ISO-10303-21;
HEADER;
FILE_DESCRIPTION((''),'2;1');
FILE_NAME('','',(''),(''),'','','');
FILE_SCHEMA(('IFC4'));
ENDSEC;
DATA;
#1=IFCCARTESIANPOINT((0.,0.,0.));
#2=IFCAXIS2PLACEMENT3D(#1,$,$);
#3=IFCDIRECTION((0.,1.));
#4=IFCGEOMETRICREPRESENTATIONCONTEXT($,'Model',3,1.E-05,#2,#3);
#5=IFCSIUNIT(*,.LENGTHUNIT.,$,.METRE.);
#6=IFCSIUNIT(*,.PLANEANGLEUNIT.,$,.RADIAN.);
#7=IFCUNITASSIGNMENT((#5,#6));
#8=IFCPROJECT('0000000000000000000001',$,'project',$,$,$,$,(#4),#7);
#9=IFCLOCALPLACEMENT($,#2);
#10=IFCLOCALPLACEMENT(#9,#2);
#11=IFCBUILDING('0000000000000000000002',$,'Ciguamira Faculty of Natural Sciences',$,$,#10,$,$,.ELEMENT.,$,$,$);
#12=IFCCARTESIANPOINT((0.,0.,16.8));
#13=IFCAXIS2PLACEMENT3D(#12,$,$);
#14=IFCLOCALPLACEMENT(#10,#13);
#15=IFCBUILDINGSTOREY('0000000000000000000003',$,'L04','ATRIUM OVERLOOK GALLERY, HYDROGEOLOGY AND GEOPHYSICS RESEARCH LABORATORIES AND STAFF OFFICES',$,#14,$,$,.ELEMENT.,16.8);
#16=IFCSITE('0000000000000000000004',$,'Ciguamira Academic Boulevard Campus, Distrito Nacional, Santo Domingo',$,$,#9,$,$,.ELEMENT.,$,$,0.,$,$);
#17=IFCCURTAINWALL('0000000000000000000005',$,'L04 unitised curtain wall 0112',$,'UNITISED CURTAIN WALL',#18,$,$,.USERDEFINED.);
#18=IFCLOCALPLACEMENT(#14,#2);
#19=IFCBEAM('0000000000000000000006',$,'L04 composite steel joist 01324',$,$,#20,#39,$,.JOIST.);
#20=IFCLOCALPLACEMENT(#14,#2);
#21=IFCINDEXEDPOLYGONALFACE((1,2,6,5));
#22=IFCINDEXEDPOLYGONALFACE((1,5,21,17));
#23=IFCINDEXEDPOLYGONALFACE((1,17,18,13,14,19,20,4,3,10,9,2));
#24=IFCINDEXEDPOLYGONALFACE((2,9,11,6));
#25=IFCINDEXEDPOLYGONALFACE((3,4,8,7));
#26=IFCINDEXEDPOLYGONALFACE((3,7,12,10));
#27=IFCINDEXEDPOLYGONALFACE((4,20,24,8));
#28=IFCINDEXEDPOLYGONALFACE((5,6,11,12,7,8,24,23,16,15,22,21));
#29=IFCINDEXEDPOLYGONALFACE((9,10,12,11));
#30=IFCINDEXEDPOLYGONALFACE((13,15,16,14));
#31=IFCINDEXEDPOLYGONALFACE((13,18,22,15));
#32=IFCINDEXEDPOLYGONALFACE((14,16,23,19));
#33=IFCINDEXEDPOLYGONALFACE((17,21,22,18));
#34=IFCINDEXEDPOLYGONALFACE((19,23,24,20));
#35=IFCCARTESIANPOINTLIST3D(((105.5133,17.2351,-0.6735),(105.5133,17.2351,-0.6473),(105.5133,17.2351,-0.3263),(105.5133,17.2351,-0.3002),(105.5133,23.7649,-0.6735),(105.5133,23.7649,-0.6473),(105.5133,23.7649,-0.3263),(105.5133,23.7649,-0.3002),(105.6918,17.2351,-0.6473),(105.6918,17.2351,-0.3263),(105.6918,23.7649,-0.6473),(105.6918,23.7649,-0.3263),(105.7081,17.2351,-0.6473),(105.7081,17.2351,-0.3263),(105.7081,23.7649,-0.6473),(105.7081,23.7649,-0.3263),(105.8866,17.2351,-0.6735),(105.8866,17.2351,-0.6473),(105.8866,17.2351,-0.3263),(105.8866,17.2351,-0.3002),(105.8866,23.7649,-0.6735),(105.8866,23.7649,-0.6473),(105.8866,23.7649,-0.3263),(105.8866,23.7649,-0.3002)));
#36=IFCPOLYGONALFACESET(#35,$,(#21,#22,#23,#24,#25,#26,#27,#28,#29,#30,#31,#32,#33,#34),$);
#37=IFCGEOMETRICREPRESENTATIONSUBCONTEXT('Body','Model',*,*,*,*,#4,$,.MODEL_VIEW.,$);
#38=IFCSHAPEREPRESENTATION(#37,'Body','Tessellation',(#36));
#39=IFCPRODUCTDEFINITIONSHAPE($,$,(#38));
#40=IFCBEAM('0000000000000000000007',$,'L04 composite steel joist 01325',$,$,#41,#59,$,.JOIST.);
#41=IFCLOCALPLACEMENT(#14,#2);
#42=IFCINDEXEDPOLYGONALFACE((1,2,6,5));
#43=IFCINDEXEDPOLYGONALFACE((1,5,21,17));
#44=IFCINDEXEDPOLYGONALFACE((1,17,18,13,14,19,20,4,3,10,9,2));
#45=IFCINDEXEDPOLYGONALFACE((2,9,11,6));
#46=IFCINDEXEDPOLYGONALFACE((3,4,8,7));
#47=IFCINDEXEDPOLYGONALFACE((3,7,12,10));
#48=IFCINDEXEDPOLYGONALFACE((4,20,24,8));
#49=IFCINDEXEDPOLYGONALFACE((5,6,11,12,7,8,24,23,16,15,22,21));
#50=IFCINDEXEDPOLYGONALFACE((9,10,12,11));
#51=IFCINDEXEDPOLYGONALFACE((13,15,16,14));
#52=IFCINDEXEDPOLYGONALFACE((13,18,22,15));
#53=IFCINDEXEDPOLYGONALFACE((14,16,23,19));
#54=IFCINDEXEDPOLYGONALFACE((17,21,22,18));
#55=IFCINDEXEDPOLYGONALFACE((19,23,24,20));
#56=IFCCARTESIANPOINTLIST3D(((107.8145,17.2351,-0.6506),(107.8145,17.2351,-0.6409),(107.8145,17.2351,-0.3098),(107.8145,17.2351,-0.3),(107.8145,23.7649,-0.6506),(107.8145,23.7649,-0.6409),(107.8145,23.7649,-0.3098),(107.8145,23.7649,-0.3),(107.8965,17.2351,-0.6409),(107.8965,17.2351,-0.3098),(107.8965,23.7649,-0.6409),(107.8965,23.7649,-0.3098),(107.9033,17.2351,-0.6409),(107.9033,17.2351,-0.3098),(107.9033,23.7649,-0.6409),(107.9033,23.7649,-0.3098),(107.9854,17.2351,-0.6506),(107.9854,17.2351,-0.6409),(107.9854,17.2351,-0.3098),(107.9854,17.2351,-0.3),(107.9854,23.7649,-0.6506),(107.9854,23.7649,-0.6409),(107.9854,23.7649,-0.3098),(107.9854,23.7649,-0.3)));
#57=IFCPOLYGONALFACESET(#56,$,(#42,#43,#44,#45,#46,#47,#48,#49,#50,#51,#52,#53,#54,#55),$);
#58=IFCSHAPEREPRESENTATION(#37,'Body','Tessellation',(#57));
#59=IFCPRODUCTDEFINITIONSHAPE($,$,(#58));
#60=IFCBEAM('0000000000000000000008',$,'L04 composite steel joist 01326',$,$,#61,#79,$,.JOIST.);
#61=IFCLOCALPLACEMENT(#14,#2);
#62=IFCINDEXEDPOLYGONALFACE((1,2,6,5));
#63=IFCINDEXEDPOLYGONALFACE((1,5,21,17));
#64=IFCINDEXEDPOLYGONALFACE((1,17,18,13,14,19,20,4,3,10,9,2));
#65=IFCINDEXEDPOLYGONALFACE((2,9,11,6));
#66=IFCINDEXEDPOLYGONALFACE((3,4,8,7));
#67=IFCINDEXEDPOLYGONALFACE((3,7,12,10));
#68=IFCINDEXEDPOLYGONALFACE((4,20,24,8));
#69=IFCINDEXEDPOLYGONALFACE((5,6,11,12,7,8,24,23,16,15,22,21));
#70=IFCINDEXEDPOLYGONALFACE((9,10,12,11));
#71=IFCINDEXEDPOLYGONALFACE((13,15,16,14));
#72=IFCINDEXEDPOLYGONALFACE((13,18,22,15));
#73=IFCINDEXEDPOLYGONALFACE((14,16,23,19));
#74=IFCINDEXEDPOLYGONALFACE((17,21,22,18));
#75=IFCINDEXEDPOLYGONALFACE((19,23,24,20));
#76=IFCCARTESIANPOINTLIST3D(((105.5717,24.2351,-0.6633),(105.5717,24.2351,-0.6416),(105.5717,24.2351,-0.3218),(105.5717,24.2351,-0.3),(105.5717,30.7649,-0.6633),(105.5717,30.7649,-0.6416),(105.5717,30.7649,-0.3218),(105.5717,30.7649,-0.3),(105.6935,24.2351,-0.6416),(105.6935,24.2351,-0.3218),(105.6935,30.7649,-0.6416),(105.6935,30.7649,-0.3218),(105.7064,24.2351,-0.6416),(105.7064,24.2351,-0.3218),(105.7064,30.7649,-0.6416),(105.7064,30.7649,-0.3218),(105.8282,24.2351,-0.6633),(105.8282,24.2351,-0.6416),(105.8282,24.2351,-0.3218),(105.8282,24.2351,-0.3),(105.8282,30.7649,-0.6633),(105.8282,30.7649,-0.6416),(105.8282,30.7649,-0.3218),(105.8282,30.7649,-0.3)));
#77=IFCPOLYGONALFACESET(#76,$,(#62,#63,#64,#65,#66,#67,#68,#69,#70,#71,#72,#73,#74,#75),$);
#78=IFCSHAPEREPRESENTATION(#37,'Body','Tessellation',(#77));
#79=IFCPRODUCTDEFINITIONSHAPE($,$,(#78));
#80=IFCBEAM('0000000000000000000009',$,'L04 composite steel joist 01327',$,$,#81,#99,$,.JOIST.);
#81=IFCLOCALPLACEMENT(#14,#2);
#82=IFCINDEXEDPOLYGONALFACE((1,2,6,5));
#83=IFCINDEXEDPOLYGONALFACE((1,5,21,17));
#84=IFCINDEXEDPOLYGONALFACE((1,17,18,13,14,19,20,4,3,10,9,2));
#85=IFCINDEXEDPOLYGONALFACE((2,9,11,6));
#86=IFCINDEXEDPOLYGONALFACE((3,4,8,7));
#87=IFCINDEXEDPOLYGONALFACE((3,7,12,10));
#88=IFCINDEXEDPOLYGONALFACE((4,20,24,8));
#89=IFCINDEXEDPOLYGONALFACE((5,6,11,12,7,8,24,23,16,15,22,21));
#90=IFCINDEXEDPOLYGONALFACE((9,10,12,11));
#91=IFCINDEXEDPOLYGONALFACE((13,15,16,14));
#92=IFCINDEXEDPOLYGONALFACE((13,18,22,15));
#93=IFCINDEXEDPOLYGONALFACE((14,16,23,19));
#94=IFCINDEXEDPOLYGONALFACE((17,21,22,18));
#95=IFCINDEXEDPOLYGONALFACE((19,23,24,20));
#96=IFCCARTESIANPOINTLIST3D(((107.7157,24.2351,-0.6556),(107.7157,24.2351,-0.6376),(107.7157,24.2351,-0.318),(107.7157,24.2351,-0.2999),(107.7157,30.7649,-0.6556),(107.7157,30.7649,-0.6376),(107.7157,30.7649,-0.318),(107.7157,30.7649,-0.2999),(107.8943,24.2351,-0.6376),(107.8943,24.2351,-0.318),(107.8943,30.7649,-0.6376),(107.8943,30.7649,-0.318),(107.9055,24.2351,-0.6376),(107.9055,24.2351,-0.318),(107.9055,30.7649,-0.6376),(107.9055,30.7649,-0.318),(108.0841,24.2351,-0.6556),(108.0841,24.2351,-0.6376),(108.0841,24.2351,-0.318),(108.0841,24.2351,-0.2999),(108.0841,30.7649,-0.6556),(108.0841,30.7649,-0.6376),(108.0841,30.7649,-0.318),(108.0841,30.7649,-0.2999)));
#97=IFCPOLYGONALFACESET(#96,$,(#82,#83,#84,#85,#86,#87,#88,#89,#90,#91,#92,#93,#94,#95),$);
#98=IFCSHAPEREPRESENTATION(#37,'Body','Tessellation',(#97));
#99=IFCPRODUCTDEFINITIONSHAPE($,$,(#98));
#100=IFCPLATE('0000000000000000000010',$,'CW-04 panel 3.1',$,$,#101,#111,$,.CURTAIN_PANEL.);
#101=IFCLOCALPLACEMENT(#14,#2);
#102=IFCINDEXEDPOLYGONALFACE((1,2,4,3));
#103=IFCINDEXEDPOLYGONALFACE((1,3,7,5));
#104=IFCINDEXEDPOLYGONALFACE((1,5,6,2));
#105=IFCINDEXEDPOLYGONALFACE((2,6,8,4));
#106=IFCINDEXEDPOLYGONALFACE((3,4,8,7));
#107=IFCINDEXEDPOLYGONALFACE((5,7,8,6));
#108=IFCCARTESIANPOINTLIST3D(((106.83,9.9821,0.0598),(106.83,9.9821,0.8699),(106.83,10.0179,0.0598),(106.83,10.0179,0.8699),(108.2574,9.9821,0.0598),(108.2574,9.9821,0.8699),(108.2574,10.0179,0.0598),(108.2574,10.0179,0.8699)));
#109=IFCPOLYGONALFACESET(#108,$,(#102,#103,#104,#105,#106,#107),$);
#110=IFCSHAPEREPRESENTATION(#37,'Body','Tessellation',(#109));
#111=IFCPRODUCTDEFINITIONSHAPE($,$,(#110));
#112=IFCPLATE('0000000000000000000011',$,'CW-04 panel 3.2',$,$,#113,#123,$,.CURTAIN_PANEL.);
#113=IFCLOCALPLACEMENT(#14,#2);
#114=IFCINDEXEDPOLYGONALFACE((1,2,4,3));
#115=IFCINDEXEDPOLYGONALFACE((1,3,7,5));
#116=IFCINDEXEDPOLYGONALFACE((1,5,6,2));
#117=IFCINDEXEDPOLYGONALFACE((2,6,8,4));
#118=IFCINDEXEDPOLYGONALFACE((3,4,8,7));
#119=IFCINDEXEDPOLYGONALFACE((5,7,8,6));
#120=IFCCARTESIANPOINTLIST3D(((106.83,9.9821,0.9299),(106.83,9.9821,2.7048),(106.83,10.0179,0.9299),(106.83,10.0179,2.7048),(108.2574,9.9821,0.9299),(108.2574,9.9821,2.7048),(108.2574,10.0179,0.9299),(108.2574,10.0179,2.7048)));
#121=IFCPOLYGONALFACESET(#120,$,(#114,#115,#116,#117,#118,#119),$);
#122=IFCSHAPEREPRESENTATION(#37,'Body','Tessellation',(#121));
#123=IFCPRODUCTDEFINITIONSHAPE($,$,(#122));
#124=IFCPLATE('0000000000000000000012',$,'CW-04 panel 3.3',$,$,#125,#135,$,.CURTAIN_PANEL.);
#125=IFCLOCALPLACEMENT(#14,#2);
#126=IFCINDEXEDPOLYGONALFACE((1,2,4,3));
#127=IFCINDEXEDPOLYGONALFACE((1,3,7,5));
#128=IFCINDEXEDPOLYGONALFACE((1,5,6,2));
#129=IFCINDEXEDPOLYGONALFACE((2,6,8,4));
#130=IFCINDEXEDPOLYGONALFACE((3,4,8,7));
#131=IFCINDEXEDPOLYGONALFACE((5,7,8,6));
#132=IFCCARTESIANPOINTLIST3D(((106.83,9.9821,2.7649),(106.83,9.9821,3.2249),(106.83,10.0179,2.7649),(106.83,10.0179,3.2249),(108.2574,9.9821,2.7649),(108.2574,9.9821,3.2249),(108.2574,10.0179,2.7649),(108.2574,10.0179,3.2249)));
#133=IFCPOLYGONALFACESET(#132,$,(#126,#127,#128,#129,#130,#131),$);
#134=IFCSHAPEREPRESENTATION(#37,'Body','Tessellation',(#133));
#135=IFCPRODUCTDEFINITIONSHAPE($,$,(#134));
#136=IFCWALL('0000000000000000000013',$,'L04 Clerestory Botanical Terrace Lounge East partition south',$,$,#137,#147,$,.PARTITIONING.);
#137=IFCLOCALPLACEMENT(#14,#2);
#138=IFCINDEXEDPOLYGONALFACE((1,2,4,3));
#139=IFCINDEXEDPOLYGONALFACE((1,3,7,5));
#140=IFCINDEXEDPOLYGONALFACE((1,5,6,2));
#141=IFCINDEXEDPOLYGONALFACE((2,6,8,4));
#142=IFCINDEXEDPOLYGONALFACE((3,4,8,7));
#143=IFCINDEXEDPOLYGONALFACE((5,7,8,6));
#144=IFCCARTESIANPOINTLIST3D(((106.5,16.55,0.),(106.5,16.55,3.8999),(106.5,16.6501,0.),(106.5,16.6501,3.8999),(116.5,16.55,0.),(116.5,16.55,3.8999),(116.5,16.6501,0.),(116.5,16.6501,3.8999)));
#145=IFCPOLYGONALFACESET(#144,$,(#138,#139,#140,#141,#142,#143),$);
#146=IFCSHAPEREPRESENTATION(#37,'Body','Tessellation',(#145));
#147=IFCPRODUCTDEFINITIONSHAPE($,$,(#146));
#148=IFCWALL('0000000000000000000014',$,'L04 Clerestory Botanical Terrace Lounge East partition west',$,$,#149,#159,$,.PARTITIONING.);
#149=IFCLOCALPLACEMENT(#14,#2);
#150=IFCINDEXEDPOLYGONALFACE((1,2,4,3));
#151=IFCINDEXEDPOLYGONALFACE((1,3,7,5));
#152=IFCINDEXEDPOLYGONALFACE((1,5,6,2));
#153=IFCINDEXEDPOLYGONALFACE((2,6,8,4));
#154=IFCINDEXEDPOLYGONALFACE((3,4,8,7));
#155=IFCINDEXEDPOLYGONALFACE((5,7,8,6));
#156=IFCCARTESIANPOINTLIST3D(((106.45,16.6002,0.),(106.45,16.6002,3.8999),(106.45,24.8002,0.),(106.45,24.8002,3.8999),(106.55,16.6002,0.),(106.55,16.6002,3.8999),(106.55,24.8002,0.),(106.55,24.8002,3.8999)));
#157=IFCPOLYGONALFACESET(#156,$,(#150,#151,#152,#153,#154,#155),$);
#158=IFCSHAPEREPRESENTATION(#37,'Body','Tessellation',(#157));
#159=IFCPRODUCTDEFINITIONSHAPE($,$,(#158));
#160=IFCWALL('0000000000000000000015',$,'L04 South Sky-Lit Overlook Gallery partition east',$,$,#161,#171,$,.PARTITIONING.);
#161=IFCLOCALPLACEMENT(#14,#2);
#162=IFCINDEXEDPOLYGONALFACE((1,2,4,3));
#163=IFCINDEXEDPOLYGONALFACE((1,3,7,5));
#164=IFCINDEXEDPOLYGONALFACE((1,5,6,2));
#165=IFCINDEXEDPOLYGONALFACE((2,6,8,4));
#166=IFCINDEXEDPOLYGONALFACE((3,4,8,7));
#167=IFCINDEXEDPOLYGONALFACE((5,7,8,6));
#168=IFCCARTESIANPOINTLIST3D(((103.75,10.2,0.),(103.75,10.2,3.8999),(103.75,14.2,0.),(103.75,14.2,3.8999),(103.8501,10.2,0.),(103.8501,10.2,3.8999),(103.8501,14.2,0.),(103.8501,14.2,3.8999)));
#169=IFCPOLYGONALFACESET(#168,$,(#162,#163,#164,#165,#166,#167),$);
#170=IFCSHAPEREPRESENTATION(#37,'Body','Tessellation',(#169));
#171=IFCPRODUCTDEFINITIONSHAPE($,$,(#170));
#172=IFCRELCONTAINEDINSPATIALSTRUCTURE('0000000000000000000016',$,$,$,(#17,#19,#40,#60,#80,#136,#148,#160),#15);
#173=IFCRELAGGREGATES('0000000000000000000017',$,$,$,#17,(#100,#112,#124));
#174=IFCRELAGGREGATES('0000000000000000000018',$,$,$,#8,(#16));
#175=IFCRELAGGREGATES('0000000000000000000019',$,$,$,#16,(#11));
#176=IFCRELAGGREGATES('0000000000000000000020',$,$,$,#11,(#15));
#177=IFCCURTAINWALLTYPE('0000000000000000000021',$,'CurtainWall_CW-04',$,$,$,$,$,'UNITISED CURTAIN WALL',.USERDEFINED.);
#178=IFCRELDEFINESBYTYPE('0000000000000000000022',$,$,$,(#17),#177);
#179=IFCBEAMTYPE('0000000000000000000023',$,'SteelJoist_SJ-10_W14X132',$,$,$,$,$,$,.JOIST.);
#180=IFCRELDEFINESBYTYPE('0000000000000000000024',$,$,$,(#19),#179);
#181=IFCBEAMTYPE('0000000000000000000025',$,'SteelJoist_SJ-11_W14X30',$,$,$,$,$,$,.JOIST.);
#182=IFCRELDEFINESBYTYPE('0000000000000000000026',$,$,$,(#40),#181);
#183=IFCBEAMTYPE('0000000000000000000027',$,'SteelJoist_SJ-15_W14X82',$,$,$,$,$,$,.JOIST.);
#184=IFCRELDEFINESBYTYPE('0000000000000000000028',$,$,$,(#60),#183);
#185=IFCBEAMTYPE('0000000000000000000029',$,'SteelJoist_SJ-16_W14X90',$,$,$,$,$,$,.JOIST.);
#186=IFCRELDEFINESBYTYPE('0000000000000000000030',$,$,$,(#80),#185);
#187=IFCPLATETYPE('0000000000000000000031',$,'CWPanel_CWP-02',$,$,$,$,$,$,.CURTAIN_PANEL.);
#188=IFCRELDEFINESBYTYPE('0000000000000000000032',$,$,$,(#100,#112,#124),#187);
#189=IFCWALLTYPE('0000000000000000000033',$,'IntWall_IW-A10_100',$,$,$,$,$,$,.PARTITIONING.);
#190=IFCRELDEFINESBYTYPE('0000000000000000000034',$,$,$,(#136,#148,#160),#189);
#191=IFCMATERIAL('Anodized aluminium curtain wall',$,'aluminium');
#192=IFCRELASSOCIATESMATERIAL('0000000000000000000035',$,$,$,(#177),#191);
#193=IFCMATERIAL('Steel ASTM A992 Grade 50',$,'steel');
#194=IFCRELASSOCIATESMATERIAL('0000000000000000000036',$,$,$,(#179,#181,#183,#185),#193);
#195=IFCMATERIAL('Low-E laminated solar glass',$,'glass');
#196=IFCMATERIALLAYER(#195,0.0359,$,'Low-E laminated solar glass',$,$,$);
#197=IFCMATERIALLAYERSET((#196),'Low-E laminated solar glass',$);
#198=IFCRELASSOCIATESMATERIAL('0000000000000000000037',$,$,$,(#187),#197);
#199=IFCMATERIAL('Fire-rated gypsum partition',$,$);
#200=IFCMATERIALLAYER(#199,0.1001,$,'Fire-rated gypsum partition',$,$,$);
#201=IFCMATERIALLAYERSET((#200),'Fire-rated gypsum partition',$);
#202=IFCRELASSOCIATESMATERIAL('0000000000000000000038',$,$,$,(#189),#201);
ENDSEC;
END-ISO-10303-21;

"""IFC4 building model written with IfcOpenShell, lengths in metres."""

from ifc_helpers import new_model, si_unit, direction, frame, frame_2d, origin, origin_2d, place, context, subcontext, project, spatial, rectangle, i_section, extrude, material, layer, layer_set, material_profile, profile_set, type_object, element, aggregate, save


model = new_model("IFC4")

# Units and contexts
model_context = context("Model", 3, precision=1e-05, world=origin(), true_north=direction((0.0, 1.0)))
body_context = subcontext(model_context, "Body", "Model", "MODEL_VIEW")
ifc_project = project(units=[si_unit("LENGTHUNIT", "METRE"), si_unit("PLANEANGLEUNIT", "RADIAN")], contexts=[model_context])

# Site, building, storey
site_placement = place(None, origin())
site = spatial("IfcSite", under=ifc_project, at=site_placement, Name="Ciguamira Academic Boulevard Campus, Distrito Nacional, Santo Domingo", CompositionType="ELEMENT", RefElevation=0.0)
building_placement = place(site_placement, origin())
building = spatial("IfcBuilding", under=site, at=building_placement, Name="Ciguamira Faculty of Natural Sciences", CompositionType="ELEMENT")
storey_placement = place(building_placement, frame((0.0, 0.0, 16.8)))
storey = spatial("IfcBuildingStorey", under=building, at=storey_placement, Name="L04", Description="ATRIUM OVERLOOK GALLERY, HYDROGEOLOGY AND GEOPHYSICS RESEARCH LABORATORIES AND STAFF OFFICES", CompositionType="ELEMENT", Elevation=16.8)

# Curtain wall
ifc_material_1 = material(Name="Anodized aluminium curtain wall", Category="aluminium")
curtain_wall_type = type_object("IfcCurtainWallType", Name="CurtainWall_CW-04", ElementType="UNITISED CURTAIN WALL", PredefinedType="USERDEFINED", material=ifc_material_1)
curtain_wall_placement = place(storey_placement, origin())
curtain_wall = element("IfcCurtainWall", 1, at=curtain_wall_placement, inside=storey, type_object=curtain_wall_type, Name="L04 unitised curtain wall 0112", ObjectType="UNITISED CURTAIN WALL", PredefinedType="USERDEFINED")

# Beams
ifc_material_2 = material(Name="Steel ASTM A992 Grade 50", Category="steel")
ifc_material_profile_1 = material_profile(ifc_material_2, i_section(OverallWidth=0.3733, OverallDepth=0.3733, WebThickness=0.0164, FlangeThickness=0.0261, at=origin_2d()), Name="W14X132")
ifc_profile_set_1 = profile_set([ifc_material_profile_1], Name="Steel ASTM A992 Grade 50")
beam_type_1 = type_object("IfcBeamType", Name="SteelJoist_SJ-10_W14X132", PredefinedType="JOIST", material=ifc_profile_set_1)
beam_1_placement = place(storey_placement, frame((105.7, 17.2351, -0.4868), z_axis=(0.0, 1.0, 0.0), x_axis=(-1.0, 0.0, 0.0)))
element("IfcBeam", 2, at=beam_1_placement, inside=storey, type_object=beam_type_1, Name="L04 composite steel joist 01324", PredefinedType="JOIST", context=body_context, shape_type="SweptSolid", body=[
    extrude(i_section(OverallWidth=0.3733, OverallDepth=0.3733, WebThickness=0.0164, FlangeThickness=0.0261, at=origin_2d()), origin(), (0.0, 0.0, 1.0), 6.5298),
])
ifc_material_profile_2 = material_profile(ifc_material_2, i_section(OverallWidth=0.1709, OverallDepth=0.3506, WebThickness=0.0068, FlangeThickness=0.0098, at=origin_2d()), Name="W14X30")
ifc_profile_set_2 = profile_set([ifc_material_profile_2], Name="Steel ASTM A992 Grade 50")
beam_type_2 = type_object("IfcBeamType", Name="SteelJoist_SJ-11_W14X30", PredefinedType="JOIST", material=ifc_profile_set_2)
beam_2_placement = place(storey_placement, frame((107.8999, 17.2351, -0.4753), z_axis=(0.0, 1.0, 0.0), x_axis=(-1.0, 0.0, 0.0)))
element("IfcBeam", 3, at=beam_2_placement, inside=storey, type_object=beam_type_2, Name="L04 composite steel joist 01325", PredefinedType="JOIST", context=body_context, shape_type="SweptSolid", body=[
    extrude(i_section(OverallWidth=0.1709, OverallDepth=0.3506, WebThickness=0.0068, FlangeThickness=0.0098, at=origin_2d()), origin(), (0.0, 0.0, 1.0), 6.5298),
])
ifc_material_profile_3 = material_profile(ifc_material_2, i_section(OverallWidth=0.2566, OverallDepth=0.3633, WebThickness=0.0129, FlangeThickness=0.0217, at=origin_2d()), Name="W14X82")
ifc_profile_set_3 = profile_set([ifc_material_profile_3], Name="Steel ASTM A992 Grade 50")
beam_type_3 = type_object("IfcBeamType", Name="SteelJoist_SJ-15_W14X82", PredefinedType="JOIST", material=ifc_profile_set_3)
beam_3_placement = place(storey_placement, frame((105.7, 24.2351, -0.4817), z_axis=(0.0, 1.0, 0.0), x_axis=(-1.0, 0.0, 0.0)))
element("IfcBeam", 4, at=beam_3_placement, inside=storey, type_object=beam_type_3, Name="L04 composite steel joist 01326", PredefinedType="JOIST", context=body_context, shape_type="SweptSolid", body=[
    extrude(i_section(OverallWidth=0.2566, OverallDepth=0.3633, WebThickness=0.0129, FlangeThickness=0.0217, at=origin_2d()), origin(), (0.0, 0.0, 1.0), 6.5298),
])
ifc_material_profile_4 = material_profile(ifc_material_2, i_section(OverallWidth=0.3684, OverallDepth=0.3557, WebThickness=0.0112, FlangeThickness=0.0181, at=origin_2d()), Name="W14X90")
ifc_profile_set_4 = profile_set([ifc_material_profile_4], Name="Steel ASTM A992 Grade 50")
beam_type_4 = type_object("IfcBeamType", Name="SteelJoist_SJ-16_W14X90", PredefinedType="JOIST", material=ifc_profile_set_4)
beam_4_placement = place(storey_placement, frame((107.8999, 24.2351, -0.4778), z_axis=(0.0, 1.0, 0.0), x_axis=(-1.0, 0.0, 0.0)))
element("IfcBeam", 5, at=beam_4_placement, inside=storey, type_object=beam_type_4, Name="L04 composite steel joist 01327", PredefinedType="JOIST", context=body_context, shape_type="SweptSolid", body=[
    extrude(i_section(OverallWidth=0.3684, OverallDepth=0.3557, WebThickness=0.0112, FlangeThickness=0.0181, at=origin_2d()), origin(), (0.0, 0.0, 1.0), 6.5298),
])

# Plates
ifc_material_3 = material(Name="Low-E laminated solar glass", Category="glass")
ifc_layer_1 = layer(ifc_material_3, 0.0359, Name="Low-E laminated solar glass")
ifc_layer_set_1 = layer_set([ifc_layer_1], Name="Low-E laminated solar glass")
plate_type = type_object("IfcPlateType", Name="CWPanel_CWP-02", PredefinedType="CURTAIN_PANEL", material=ifc_layer_set_1)
plate_1_placement = place(storey_placement, frame((107.5437, 10.0, 0.0598), z_axis=(0.0, 0.0, 1.0), x_axis=(1.0, 0.0, 0.0)))
plate_1 = element("IfcPlate", 6, at=plate_1_placement, type_object=plate_type, Name="CW-04 panel 3.1", PredefinedType="CURTAIN_PANEL", context=body_context, shape_type="SweptSolid", body=[
    extrude(rectangle(XDim=1.4275, YDim=0.0359, at=origin_2d()), origin(), (0.0, 0.0, 1.0), 0.8101),
])
plate_2_placement = place(storey_placement, frame((107.5437, 10.0, 0.9299), z_axis=(0.0, 0.0, 1.0), x_axis=(1.0, 0.0, 0.0)))
plate_2 = element("IfcPlate", 7, at=plate_2_placement, type_object=plate_type, Name="CW-04 panel 3.2", PredefinedType="CURTAIN_PANEL", context=body_context, shape_type="SweptSolid", body=[
    extrude(rectangle(XDim=1.4275, YDim=0.0359, at=origin_2d()), origin(), (0.0, 0.0, 1.0), 1.7749),
])
plate_3_placement = place(storey_placement, frame((107.5437, 10.0, 2.7649), z_axis=(0.0, 0.0, 1.0), x_axis=(1.0, 0.0, 0.0)))
plate_3 = element("IfcPlate", 8, at=plate_3_placement, type_object=plate_type, Name="CW-04 panel 3.3", PredefinedType="CURTAIN_PANEL", context=body_context, shape_type="SweptSolid", body=[
    extrude(rectangle(XDim=1.4275, YDim=0.0359, at=origin_2d()), origin(), (0.0, 0.0, 1.0), 0.46),
])
aggregate(curtain_wall, [plate_1, plate_2, plate_3])

# Walls
ifc_material_4 = material(Name="Fire-rated gypsum partition")
ifc_layer_2 = layer(ifc_material_4, 0.1001, Name="Fire-rated gypsum partition")
ifc_layer_set_2 = layer_set([ifc_layer_2], Name="Fire-rated gypsum partition")
wall_type = type_object("IfcWallType", Name="IntWall_IW-A10_100", PredefinedType="PARTITIONING", material=ifc_layer_set_2)
wall_1_placement = place(storey_placement, frame((106.5, 16.6001, 0.0), z_axis=(0.0, 0.0, 1.0), x_axis=(1.0, 0.0, 0.0)))
element("IfcWall", 9, at=wall_1_placement, inside=storey, type_object=wall_type, Name="L04 Clerestory Botanical Terrace Lounge East partition south", PredefinedType="PARTITIONING", context=body_context, shape_type="SweptSolid", body=[
    extrude(rectangle(XDim=10.0, YDim=0.1001, at=frame_2d((5.0, 0.0))), origin(), (0.0, 0.0, 1.0), 3.8999),
])
wall_2_placement = place(storey_placement, frame((106.5, 16.6001, 0.0), z_axis=(0.0, 0.0, 1.0), x_axis=(0.0, 1.0, 0.0)))
element("IfcWall", 10, at=wall_2_placement, inside=storey, type_object=wall_type, Name="L04 Clerestory Botanical Terrace Lounge East partition west", PredefinedType="PARTITIONING", context=body_context, shape_type="SweptSolid", body=[
    extrude(rectangle(XDim=8.2, YDim=0.1001, at=frame_2d((4.1001, 0.0))), origin(), (0.0, 0.0, 1.0), 3.8999),
])
wall_3_placement = place(storey_placement, frame((103.8, 10.2, 0.0), z_axis=(0.0, 0.0, 1.0), x_axis=(0.0, 1.0, 0.0)))
element("IfcWall", 11, at=wall_3_placement, inside=storey, type_object=wall_type, Name="L04 South Sky-Lit Overlook Gallery partition east", PredefinedType="PARTITIONING", context=body_context, shape_type="SweptSolid", body=[
    extrude(rectangle(XDim=4.0, YDim=0.1001, at=frame_2d((2.0, 0.0))), origin(), (0.0, 0.0, 1.0), 3.8999),
])

save(model, "model.ifc")
